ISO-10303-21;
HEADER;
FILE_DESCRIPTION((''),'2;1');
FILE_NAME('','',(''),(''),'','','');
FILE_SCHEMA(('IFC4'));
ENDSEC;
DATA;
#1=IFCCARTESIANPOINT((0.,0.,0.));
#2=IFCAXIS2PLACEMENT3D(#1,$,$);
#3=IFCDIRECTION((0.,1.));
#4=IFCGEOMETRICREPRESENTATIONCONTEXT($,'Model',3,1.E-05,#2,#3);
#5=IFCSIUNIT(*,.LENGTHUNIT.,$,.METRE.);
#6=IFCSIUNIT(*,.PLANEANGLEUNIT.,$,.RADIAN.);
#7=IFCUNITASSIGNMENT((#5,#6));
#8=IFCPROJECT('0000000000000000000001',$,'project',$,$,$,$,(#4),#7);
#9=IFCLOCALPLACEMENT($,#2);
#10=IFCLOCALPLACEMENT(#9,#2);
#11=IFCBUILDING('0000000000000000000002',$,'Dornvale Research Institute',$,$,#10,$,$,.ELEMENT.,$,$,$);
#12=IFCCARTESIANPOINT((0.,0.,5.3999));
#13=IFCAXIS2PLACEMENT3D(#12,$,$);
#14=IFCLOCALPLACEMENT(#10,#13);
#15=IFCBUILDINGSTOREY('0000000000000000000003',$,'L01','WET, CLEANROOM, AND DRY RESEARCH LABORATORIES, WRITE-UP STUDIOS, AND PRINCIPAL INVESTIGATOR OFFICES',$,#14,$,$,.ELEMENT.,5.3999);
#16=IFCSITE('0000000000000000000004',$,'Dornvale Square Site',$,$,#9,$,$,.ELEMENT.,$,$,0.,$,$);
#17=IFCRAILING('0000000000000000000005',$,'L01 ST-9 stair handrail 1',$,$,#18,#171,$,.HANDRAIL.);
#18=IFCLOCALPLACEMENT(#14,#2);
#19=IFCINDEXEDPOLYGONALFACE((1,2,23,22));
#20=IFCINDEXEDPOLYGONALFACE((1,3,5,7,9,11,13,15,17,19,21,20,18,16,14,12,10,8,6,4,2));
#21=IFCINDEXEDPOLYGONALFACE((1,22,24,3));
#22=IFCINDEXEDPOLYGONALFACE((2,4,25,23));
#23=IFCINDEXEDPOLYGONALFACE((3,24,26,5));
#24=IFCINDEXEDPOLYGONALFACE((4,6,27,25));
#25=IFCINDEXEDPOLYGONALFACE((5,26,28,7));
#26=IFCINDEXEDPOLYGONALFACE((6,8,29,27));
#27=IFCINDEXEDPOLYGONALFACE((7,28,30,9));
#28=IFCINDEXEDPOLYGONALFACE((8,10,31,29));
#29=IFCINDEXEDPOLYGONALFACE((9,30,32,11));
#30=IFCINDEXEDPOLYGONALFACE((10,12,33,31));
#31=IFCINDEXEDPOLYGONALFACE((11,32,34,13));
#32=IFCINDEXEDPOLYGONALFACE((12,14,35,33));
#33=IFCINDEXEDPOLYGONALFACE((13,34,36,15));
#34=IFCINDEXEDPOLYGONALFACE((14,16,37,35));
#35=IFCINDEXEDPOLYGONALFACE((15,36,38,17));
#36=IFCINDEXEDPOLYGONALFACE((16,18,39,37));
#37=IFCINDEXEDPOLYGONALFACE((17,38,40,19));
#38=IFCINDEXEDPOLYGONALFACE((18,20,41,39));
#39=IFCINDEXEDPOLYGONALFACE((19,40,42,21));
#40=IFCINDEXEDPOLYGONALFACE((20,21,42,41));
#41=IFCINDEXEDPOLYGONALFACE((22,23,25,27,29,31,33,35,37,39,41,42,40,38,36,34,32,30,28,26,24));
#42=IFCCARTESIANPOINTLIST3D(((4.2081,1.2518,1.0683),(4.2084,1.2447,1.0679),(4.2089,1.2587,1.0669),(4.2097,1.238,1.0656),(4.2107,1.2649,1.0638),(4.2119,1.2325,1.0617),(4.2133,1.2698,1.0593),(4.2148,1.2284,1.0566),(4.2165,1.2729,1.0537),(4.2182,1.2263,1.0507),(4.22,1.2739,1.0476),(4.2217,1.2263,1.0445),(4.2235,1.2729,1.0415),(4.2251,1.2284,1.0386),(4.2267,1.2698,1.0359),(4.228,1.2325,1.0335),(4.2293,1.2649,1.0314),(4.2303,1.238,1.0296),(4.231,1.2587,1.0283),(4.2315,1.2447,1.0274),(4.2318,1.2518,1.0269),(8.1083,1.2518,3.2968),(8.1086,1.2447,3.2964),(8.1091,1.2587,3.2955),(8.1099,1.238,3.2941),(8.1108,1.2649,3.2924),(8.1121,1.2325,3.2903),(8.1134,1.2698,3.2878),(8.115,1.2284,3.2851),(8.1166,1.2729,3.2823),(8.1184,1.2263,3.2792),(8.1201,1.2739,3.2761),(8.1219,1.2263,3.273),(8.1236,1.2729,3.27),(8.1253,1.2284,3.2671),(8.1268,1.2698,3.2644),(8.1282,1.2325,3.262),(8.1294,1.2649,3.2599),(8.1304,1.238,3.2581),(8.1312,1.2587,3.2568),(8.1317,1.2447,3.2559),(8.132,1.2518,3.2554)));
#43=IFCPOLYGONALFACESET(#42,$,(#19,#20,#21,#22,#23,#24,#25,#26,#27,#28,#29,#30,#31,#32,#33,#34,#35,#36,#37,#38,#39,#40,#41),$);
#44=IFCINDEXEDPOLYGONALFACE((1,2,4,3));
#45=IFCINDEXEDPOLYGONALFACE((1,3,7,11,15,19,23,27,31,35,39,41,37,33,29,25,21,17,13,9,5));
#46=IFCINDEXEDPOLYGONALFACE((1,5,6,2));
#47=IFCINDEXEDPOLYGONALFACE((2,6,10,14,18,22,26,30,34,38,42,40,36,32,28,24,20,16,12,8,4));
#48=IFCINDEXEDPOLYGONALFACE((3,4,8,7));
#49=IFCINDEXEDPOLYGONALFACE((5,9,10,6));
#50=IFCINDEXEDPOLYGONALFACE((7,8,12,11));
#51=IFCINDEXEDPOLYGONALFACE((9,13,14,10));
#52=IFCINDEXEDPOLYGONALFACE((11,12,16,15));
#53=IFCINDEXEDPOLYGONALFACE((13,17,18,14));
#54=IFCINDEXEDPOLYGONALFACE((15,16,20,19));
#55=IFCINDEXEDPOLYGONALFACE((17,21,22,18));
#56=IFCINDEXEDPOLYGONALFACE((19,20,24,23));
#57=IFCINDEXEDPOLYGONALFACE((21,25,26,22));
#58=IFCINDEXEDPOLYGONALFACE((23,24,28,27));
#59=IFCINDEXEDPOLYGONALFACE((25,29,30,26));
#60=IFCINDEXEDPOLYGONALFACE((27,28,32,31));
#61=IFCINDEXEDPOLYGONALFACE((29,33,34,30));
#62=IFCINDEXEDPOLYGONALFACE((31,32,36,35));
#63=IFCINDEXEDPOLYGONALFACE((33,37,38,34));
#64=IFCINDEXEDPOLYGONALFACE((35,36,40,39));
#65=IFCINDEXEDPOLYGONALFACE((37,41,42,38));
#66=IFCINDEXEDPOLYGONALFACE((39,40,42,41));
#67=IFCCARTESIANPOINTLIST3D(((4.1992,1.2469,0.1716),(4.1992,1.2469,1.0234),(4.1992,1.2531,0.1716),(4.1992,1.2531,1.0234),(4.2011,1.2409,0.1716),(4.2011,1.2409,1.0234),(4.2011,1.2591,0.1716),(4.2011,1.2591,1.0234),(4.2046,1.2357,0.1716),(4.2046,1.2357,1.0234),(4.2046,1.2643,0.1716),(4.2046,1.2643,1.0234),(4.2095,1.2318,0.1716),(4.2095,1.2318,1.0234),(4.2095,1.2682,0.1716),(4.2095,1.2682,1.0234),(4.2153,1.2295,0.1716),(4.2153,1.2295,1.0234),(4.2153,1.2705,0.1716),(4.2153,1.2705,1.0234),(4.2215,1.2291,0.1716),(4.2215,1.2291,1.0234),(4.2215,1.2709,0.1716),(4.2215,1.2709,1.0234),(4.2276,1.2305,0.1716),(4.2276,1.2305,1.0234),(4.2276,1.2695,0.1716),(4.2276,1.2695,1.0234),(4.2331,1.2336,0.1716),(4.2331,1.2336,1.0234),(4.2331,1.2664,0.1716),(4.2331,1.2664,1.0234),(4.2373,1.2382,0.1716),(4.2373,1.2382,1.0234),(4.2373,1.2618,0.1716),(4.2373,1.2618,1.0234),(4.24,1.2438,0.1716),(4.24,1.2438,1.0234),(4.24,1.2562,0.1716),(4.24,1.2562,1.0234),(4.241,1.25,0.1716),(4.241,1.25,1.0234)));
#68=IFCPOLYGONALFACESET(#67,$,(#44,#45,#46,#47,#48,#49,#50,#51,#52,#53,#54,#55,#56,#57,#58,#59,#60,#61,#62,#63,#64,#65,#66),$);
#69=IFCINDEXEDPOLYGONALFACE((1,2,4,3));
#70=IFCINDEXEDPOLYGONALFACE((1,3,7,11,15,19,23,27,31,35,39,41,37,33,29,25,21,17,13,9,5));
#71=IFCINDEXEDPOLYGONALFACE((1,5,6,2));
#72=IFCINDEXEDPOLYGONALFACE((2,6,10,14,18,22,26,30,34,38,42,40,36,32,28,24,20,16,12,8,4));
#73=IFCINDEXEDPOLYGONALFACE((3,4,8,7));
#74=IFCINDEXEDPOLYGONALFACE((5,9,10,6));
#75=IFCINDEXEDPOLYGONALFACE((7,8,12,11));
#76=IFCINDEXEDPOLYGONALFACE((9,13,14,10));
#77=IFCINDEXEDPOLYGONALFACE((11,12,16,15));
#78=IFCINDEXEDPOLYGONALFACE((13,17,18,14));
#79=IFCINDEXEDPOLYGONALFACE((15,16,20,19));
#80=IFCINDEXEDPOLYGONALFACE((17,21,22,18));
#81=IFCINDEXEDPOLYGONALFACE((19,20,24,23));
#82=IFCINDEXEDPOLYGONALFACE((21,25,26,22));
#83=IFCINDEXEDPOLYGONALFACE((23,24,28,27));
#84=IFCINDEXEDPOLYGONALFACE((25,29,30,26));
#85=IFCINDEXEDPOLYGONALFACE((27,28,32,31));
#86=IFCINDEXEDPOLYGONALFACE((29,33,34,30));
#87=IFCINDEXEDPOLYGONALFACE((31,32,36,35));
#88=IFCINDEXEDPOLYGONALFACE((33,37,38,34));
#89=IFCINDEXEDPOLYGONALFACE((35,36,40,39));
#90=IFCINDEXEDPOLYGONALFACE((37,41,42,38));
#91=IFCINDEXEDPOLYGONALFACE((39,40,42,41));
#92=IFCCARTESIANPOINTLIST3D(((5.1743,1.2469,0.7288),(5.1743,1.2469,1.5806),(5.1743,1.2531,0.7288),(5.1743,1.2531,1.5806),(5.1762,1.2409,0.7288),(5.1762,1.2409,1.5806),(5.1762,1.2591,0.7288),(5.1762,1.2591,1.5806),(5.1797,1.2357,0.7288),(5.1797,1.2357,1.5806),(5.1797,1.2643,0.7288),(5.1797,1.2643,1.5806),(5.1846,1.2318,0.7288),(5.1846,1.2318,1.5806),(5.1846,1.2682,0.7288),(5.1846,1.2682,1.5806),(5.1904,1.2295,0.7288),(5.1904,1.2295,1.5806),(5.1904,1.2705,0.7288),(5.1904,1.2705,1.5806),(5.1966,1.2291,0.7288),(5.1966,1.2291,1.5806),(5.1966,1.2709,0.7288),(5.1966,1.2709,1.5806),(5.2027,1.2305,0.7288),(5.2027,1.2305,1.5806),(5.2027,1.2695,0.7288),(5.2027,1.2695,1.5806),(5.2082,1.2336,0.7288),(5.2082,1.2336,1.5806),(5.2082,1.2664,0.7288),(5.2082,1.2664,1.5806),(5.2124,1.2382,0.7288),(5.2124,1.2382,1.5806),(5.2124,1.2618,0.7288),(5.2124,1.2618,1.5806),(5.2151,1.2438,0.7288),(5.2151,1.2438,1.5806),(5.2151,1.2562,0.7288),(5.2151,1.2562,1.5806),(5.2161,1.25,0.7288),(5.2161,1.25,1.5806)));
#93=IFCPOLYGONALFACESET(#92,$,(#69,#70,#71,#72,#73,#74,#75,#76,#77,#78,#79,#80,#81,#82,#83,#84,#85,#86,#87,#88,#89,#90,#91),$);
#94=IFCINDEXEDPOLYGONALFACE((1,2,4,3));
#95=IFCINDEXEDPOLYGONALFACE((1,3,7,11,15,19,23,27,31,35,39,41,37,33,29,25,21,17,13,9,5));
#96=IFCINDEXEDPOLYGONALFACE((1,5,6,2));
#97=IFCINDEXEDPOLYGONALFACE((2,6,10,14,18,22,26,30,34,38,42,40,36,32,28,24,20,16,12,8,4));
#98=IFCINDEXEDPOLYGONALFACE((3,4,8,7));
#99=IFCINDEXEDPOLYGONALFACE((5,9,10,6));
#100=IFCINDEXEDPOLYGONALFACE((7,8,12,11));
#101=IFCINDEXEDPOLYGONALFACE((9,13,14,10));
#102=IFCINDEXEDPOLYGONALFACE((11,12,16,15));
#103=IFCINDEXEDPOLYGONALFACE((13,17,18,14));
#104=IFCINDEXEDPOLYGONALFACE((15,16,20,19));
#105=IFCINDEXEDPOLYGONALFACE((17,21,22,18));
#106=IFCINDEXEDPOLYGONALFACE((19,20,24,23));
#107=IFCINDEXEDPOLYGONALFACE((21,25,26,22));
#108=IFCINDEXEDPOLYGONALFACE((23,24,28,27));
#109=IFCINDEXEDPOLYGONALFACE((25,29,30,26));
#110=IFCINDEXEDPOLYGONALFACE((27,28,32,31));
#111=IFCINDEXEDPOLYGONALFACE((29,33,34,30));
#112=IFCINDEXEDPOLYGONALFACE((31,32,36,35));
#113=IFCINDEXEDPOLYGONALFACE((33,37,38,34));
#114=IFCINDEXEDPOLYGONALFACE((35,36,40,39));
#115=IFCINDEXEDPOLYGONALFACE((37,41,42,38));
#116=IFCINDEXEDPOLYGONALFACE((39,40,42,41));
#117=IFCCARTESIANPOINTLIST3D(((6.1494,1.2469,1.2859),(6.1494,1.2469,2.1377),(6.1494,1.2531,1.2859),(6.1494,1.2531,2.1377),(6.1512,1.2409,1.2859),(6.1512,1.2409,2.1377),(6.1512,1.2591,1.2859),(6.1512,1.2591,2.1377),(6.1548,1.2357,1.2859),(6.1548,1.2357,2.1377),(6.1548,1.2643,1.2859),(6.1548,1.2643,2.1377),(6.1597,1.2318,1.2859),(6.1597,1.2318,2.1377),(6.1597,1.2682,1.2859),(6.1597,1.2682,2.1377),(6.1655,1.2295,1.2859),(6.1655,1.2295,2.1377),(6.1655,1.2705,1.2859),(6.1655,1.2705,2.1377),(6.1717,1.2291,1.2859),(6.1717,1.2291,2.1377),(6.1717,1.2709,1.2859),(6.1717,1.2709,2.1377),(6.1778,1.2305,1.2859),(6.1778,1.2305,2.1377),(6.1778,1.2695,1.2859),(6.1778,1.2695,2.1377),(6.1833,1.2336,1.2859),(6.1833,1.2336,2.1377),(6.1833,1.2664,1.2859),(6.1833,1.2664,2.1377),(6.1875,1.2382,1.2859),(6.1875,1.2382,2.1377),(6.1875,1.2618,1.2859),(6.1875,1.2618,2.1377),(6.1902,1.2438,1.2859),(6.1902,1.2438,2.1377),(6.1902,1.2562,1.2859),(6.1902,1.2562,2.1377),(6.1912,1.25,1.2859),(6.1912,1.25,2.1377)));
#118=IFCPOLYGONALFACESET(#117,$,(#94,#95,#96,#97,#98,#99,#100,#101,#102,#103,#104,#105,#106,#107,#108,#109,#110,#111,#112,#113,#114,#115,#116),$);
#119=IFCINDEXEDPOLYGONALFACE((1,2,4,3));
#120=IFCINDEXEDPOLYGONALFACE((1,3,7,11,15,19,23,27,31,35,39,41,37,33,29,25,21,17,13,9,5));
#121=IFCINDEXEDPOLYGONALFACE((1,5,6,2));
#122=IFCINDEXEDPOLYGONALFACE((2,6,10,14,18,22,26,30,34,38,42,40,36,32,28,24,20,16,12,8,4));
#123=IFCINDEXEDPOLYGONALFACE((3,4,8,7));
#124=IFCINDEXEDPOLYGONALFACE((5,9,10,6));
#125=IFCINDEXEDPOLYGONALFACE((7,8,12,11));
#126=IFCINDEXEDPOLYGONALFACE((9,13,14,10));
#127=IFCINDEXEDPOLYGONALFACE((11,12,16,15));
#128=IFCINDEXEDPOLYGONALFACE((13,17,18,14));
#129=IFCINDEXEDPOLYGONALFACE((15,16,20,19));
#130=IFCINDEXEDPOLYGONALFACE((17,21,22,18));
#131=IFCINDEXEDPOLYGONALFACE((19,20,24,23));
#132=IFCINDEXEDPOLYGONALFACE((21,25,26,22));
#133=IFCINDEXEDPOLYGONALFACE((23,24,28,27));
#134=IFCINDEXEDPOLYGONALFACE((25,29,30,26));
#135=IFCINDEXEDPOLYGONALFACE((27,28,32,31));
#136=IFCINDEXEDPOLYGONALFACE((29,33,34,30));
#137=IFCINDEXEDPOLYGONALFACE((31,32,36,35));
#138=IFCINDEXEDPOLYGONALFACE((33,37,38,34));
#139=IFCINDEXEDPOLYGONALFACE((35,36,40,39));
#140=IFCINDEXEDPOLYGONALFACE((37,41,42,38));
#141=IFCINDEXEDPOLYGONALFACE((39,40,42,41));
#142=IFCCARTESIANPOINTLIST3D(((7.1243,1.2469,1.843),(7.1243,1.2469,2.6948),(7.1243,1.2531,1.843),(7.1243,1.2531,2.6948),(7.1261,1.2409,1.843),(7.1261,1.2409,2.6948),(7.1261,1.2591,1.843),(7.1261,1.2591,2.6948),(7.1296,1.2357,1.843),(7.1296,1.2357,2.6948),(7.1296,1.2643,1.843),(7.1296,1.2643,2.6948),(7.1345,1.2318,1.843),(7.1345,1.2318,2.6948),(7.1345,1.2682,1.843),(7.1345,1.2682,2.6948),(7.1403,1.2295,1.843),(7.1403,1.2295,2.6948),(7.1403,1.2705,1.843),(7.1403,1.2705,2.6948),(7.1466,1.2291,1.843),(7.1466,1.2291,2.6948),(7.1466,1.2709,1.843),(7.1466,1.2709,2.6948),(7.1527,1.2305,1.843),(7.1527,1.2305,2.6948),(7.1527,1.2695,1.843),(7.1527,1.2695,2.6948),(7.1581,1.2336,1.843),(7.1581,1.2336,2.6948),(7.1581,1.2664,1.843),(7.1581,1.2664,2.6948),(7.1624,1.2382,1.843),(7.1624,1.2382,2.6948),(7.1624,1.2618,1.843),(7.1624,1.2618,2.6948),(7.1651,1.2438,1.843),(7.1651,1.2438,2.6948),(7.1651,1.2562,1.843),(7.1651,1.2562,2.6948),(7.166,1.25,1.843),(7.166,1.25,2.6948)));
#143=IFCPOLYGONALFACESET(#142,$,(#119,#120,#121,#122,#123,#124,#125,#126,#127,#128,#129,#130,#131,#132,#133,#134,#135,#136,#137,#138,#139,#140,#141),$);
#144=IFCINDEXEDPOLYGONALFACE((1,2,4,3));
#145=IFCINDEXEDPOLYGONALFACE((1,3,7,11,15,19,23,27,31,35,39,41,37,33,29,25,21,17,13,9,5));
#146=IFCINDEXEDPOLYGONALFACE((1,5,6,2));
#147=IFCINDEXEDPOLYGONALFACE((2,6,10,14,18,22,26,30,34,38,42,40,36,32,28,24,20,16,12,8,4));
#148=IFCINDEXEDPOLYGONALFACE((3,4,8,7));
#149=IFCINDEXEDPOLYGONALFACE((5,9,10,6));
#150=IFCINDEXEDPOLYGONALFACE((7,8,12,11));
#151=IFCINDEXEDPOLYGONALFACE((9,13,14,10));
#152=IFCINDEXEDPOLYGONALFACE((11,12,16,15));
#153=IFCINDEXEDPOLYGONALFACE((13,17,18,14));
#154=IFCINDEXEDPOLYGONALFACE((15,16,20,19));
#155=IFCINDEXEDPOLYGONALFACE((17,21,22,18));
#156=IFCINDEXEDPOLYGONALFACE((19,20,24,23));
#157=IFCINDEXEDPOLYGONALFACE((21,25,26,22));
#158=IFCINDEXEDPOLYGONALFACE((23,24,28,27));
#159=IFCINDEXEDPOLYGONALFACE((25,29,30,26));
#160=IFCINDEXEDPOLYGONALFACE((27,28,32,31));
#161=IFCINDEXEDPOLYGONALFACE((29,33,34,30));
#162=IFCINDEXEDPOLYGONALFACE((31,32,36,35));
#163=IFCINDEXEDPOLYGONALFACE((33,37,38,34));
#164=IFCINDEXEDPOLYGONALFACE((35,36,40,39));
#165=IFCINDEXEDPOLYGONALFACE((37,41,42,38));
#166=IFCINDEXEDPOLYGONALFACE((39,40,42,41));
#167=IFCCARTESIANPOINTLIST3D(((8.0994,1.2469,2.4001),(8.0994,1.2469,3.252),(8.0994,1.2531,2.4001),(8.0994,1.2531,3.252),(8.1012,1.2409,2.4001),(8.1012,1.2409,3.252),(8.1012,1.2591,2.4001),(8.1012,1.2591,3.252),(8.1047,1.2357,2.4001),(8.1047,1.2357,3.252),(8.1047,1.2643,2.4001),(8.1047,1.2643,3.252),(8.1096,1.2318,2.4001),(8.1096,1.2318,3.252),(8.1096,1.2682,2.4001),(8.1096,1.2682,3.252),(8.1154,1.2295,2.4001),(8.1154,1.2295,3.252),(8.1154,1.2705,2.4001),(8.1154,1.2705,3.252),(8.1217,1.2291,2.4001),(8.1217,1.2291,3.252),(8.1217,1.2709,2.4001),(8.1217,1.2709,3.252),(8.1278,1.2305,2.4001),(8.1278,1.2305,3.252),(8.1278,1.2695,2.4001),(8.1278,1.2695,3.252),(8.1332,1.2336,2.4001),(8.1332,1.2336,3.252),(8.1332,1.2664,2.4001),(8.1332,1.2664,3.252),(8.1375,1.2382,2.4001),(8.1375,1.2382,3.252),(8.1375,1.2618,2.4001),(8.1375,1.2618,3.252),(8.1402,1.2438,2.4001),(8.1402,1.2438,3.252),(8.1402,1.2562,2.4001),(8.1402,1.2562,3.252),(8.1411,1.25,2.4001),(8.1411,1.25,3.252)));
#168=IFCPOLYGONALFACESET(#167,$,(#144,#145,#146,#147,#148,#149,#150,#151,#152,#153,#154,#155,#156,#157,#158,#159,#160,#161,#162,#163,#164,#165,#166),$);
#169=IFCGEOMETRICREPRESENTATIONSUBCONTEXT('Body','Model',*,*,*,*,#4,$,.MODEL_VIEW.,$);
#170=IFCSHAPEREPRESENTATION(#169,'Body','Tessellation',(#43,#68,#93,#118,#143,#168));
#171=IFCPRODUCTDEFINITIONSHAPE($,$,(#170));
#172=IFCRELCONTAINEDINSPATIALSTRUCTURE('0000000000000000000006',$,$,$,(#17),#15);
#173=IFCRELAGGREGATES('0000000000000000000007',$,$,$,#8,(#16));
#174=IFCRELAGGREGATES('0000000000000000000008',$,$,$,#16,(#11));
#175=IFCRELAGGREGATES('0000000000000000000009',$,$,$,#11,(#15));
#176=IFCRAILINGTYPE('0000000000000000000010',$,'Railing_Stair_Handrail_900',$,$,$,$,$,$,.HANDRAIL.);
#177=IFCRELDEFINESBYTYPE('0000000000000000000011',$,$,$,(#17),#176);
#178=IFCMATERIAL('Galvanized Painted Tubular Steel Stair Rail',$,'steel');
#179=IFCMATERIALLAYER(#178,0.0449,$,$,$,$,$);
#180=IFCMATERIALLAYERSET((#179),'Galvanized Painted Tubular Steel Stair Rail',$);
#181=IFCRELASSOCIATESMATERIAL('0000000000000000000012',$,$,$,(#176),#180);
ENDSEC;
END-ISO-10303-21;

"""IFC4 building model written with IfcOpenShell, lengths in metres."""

from ifc_helpers import new_model, si_unit, direction, frame, origin, origin_2d, place, context, subcontext, project, spatial, circle, extrude, material, layer, layer_set, type_object, element, save


model = new_model("IFC4")

# Units and contexts
model_context = context("Model", 3, precision=1e-05, world=origin(), true_north=direction((0.0, 1.0)))
body_context = subcontext(model_context, "Body", "Model", "MODEL_VIEW")
ifc_project = project(units=[si_unit("LENGTHUNIT", "METRE"), si_unit("PLANEANGLEUNIT", "RADIAN")], contexts=[model_context])

# Site, building, storey
site_placement = place(None, origin())
site = spatial("IfcSite", under=ifc_project, at=site_placement, Name="Dornvale Square Site", CompositionType="ELEMENT", RefElevation=0.0)
building_placement = place(site_placement, origin())
building = spatial("IfcBuilding", under=site, at=building_placement, Name="Dornvale Research Institute", CompositionType="ELEMENT")
storey_placement = place(building_placement, frame((0.0, 0.0, 5.3999)))
storey = spatial("IfcBuildingStorey", under=building, at=storey_placement, Name="L01", Description="WET, CLEANROOM, AND DRY RESEARCH LABORATORIES, WRITE-UP STUDIOS, AND PRINCIPAL INVESTIGATOR OFFICES", CompositionType="ELEMENT", Elevation=5.3999)

# Railing
ifc_material_1 = material(Name="Galvanized Painted Tubular Steel Stair Rail", Category="steel")
ifc_layer_1 = layer(ifc_material_1, 0.0449)
ifc_layer_set_1 = layer_set([ifc_layer_1], Name="Galvanized Painted Tubular Steel Stair Rail")
railing_type = type_object("IfcRailingType", Name="Railing_Stair_Handrail_900", PredefinedType="HANDRAIL", material=ifc_layer_set_1)
railing_placement = place(storey_placement, frame((4.22, 1.25, 0.1716)))
element("IfcRailing", 1, at=railing_placement, inside=storey, type_object=railing_type, Name="L01 ST-9 stair handrail 1", PredefinedType="HANDRAIL", context=body_context, shape_type="SweptSolid", body=[
    extrude(circle(Radius=0.0239, at=origin_2d()), frame((0.0, 0.0, 0.876), z_axis=(0.868257, 0.0, 0.496116), x_axis=(0.0, 1.0, 0.0)), (0.0, 0.0, 1.0), 4.4919),
    extrude(circle(Radius=0.021, at=origin_2d()), origin(), (0.0, 0.0, 1.0), 0.8518),
    extrude(circle(Radius=0.021, at=origin_2d()), frame((0.9751, 0.0, 0.5571)), (0.0, 0.0, 1.0), 0.8518),
    extrude(circle(Radius=0.021, at=origin_2d()), frame((1.9502, 0.0, 1.1143)), (0.0, 0.0, 1.0), 0.8518),
    extrude(circle(Radius=0.021, at=origin_2d()), frame((2.925, 0.0, 1.6714)), (0.0, 0.0, 1.0), 0.8518),
    extrude(circle(Radius=0.021, at=origin_2d()), frame((3.9001, 0.0, 2.2285)), (0.0, 0.0, 1.0), 0.8518),
])

save(model, "model.ifc")
